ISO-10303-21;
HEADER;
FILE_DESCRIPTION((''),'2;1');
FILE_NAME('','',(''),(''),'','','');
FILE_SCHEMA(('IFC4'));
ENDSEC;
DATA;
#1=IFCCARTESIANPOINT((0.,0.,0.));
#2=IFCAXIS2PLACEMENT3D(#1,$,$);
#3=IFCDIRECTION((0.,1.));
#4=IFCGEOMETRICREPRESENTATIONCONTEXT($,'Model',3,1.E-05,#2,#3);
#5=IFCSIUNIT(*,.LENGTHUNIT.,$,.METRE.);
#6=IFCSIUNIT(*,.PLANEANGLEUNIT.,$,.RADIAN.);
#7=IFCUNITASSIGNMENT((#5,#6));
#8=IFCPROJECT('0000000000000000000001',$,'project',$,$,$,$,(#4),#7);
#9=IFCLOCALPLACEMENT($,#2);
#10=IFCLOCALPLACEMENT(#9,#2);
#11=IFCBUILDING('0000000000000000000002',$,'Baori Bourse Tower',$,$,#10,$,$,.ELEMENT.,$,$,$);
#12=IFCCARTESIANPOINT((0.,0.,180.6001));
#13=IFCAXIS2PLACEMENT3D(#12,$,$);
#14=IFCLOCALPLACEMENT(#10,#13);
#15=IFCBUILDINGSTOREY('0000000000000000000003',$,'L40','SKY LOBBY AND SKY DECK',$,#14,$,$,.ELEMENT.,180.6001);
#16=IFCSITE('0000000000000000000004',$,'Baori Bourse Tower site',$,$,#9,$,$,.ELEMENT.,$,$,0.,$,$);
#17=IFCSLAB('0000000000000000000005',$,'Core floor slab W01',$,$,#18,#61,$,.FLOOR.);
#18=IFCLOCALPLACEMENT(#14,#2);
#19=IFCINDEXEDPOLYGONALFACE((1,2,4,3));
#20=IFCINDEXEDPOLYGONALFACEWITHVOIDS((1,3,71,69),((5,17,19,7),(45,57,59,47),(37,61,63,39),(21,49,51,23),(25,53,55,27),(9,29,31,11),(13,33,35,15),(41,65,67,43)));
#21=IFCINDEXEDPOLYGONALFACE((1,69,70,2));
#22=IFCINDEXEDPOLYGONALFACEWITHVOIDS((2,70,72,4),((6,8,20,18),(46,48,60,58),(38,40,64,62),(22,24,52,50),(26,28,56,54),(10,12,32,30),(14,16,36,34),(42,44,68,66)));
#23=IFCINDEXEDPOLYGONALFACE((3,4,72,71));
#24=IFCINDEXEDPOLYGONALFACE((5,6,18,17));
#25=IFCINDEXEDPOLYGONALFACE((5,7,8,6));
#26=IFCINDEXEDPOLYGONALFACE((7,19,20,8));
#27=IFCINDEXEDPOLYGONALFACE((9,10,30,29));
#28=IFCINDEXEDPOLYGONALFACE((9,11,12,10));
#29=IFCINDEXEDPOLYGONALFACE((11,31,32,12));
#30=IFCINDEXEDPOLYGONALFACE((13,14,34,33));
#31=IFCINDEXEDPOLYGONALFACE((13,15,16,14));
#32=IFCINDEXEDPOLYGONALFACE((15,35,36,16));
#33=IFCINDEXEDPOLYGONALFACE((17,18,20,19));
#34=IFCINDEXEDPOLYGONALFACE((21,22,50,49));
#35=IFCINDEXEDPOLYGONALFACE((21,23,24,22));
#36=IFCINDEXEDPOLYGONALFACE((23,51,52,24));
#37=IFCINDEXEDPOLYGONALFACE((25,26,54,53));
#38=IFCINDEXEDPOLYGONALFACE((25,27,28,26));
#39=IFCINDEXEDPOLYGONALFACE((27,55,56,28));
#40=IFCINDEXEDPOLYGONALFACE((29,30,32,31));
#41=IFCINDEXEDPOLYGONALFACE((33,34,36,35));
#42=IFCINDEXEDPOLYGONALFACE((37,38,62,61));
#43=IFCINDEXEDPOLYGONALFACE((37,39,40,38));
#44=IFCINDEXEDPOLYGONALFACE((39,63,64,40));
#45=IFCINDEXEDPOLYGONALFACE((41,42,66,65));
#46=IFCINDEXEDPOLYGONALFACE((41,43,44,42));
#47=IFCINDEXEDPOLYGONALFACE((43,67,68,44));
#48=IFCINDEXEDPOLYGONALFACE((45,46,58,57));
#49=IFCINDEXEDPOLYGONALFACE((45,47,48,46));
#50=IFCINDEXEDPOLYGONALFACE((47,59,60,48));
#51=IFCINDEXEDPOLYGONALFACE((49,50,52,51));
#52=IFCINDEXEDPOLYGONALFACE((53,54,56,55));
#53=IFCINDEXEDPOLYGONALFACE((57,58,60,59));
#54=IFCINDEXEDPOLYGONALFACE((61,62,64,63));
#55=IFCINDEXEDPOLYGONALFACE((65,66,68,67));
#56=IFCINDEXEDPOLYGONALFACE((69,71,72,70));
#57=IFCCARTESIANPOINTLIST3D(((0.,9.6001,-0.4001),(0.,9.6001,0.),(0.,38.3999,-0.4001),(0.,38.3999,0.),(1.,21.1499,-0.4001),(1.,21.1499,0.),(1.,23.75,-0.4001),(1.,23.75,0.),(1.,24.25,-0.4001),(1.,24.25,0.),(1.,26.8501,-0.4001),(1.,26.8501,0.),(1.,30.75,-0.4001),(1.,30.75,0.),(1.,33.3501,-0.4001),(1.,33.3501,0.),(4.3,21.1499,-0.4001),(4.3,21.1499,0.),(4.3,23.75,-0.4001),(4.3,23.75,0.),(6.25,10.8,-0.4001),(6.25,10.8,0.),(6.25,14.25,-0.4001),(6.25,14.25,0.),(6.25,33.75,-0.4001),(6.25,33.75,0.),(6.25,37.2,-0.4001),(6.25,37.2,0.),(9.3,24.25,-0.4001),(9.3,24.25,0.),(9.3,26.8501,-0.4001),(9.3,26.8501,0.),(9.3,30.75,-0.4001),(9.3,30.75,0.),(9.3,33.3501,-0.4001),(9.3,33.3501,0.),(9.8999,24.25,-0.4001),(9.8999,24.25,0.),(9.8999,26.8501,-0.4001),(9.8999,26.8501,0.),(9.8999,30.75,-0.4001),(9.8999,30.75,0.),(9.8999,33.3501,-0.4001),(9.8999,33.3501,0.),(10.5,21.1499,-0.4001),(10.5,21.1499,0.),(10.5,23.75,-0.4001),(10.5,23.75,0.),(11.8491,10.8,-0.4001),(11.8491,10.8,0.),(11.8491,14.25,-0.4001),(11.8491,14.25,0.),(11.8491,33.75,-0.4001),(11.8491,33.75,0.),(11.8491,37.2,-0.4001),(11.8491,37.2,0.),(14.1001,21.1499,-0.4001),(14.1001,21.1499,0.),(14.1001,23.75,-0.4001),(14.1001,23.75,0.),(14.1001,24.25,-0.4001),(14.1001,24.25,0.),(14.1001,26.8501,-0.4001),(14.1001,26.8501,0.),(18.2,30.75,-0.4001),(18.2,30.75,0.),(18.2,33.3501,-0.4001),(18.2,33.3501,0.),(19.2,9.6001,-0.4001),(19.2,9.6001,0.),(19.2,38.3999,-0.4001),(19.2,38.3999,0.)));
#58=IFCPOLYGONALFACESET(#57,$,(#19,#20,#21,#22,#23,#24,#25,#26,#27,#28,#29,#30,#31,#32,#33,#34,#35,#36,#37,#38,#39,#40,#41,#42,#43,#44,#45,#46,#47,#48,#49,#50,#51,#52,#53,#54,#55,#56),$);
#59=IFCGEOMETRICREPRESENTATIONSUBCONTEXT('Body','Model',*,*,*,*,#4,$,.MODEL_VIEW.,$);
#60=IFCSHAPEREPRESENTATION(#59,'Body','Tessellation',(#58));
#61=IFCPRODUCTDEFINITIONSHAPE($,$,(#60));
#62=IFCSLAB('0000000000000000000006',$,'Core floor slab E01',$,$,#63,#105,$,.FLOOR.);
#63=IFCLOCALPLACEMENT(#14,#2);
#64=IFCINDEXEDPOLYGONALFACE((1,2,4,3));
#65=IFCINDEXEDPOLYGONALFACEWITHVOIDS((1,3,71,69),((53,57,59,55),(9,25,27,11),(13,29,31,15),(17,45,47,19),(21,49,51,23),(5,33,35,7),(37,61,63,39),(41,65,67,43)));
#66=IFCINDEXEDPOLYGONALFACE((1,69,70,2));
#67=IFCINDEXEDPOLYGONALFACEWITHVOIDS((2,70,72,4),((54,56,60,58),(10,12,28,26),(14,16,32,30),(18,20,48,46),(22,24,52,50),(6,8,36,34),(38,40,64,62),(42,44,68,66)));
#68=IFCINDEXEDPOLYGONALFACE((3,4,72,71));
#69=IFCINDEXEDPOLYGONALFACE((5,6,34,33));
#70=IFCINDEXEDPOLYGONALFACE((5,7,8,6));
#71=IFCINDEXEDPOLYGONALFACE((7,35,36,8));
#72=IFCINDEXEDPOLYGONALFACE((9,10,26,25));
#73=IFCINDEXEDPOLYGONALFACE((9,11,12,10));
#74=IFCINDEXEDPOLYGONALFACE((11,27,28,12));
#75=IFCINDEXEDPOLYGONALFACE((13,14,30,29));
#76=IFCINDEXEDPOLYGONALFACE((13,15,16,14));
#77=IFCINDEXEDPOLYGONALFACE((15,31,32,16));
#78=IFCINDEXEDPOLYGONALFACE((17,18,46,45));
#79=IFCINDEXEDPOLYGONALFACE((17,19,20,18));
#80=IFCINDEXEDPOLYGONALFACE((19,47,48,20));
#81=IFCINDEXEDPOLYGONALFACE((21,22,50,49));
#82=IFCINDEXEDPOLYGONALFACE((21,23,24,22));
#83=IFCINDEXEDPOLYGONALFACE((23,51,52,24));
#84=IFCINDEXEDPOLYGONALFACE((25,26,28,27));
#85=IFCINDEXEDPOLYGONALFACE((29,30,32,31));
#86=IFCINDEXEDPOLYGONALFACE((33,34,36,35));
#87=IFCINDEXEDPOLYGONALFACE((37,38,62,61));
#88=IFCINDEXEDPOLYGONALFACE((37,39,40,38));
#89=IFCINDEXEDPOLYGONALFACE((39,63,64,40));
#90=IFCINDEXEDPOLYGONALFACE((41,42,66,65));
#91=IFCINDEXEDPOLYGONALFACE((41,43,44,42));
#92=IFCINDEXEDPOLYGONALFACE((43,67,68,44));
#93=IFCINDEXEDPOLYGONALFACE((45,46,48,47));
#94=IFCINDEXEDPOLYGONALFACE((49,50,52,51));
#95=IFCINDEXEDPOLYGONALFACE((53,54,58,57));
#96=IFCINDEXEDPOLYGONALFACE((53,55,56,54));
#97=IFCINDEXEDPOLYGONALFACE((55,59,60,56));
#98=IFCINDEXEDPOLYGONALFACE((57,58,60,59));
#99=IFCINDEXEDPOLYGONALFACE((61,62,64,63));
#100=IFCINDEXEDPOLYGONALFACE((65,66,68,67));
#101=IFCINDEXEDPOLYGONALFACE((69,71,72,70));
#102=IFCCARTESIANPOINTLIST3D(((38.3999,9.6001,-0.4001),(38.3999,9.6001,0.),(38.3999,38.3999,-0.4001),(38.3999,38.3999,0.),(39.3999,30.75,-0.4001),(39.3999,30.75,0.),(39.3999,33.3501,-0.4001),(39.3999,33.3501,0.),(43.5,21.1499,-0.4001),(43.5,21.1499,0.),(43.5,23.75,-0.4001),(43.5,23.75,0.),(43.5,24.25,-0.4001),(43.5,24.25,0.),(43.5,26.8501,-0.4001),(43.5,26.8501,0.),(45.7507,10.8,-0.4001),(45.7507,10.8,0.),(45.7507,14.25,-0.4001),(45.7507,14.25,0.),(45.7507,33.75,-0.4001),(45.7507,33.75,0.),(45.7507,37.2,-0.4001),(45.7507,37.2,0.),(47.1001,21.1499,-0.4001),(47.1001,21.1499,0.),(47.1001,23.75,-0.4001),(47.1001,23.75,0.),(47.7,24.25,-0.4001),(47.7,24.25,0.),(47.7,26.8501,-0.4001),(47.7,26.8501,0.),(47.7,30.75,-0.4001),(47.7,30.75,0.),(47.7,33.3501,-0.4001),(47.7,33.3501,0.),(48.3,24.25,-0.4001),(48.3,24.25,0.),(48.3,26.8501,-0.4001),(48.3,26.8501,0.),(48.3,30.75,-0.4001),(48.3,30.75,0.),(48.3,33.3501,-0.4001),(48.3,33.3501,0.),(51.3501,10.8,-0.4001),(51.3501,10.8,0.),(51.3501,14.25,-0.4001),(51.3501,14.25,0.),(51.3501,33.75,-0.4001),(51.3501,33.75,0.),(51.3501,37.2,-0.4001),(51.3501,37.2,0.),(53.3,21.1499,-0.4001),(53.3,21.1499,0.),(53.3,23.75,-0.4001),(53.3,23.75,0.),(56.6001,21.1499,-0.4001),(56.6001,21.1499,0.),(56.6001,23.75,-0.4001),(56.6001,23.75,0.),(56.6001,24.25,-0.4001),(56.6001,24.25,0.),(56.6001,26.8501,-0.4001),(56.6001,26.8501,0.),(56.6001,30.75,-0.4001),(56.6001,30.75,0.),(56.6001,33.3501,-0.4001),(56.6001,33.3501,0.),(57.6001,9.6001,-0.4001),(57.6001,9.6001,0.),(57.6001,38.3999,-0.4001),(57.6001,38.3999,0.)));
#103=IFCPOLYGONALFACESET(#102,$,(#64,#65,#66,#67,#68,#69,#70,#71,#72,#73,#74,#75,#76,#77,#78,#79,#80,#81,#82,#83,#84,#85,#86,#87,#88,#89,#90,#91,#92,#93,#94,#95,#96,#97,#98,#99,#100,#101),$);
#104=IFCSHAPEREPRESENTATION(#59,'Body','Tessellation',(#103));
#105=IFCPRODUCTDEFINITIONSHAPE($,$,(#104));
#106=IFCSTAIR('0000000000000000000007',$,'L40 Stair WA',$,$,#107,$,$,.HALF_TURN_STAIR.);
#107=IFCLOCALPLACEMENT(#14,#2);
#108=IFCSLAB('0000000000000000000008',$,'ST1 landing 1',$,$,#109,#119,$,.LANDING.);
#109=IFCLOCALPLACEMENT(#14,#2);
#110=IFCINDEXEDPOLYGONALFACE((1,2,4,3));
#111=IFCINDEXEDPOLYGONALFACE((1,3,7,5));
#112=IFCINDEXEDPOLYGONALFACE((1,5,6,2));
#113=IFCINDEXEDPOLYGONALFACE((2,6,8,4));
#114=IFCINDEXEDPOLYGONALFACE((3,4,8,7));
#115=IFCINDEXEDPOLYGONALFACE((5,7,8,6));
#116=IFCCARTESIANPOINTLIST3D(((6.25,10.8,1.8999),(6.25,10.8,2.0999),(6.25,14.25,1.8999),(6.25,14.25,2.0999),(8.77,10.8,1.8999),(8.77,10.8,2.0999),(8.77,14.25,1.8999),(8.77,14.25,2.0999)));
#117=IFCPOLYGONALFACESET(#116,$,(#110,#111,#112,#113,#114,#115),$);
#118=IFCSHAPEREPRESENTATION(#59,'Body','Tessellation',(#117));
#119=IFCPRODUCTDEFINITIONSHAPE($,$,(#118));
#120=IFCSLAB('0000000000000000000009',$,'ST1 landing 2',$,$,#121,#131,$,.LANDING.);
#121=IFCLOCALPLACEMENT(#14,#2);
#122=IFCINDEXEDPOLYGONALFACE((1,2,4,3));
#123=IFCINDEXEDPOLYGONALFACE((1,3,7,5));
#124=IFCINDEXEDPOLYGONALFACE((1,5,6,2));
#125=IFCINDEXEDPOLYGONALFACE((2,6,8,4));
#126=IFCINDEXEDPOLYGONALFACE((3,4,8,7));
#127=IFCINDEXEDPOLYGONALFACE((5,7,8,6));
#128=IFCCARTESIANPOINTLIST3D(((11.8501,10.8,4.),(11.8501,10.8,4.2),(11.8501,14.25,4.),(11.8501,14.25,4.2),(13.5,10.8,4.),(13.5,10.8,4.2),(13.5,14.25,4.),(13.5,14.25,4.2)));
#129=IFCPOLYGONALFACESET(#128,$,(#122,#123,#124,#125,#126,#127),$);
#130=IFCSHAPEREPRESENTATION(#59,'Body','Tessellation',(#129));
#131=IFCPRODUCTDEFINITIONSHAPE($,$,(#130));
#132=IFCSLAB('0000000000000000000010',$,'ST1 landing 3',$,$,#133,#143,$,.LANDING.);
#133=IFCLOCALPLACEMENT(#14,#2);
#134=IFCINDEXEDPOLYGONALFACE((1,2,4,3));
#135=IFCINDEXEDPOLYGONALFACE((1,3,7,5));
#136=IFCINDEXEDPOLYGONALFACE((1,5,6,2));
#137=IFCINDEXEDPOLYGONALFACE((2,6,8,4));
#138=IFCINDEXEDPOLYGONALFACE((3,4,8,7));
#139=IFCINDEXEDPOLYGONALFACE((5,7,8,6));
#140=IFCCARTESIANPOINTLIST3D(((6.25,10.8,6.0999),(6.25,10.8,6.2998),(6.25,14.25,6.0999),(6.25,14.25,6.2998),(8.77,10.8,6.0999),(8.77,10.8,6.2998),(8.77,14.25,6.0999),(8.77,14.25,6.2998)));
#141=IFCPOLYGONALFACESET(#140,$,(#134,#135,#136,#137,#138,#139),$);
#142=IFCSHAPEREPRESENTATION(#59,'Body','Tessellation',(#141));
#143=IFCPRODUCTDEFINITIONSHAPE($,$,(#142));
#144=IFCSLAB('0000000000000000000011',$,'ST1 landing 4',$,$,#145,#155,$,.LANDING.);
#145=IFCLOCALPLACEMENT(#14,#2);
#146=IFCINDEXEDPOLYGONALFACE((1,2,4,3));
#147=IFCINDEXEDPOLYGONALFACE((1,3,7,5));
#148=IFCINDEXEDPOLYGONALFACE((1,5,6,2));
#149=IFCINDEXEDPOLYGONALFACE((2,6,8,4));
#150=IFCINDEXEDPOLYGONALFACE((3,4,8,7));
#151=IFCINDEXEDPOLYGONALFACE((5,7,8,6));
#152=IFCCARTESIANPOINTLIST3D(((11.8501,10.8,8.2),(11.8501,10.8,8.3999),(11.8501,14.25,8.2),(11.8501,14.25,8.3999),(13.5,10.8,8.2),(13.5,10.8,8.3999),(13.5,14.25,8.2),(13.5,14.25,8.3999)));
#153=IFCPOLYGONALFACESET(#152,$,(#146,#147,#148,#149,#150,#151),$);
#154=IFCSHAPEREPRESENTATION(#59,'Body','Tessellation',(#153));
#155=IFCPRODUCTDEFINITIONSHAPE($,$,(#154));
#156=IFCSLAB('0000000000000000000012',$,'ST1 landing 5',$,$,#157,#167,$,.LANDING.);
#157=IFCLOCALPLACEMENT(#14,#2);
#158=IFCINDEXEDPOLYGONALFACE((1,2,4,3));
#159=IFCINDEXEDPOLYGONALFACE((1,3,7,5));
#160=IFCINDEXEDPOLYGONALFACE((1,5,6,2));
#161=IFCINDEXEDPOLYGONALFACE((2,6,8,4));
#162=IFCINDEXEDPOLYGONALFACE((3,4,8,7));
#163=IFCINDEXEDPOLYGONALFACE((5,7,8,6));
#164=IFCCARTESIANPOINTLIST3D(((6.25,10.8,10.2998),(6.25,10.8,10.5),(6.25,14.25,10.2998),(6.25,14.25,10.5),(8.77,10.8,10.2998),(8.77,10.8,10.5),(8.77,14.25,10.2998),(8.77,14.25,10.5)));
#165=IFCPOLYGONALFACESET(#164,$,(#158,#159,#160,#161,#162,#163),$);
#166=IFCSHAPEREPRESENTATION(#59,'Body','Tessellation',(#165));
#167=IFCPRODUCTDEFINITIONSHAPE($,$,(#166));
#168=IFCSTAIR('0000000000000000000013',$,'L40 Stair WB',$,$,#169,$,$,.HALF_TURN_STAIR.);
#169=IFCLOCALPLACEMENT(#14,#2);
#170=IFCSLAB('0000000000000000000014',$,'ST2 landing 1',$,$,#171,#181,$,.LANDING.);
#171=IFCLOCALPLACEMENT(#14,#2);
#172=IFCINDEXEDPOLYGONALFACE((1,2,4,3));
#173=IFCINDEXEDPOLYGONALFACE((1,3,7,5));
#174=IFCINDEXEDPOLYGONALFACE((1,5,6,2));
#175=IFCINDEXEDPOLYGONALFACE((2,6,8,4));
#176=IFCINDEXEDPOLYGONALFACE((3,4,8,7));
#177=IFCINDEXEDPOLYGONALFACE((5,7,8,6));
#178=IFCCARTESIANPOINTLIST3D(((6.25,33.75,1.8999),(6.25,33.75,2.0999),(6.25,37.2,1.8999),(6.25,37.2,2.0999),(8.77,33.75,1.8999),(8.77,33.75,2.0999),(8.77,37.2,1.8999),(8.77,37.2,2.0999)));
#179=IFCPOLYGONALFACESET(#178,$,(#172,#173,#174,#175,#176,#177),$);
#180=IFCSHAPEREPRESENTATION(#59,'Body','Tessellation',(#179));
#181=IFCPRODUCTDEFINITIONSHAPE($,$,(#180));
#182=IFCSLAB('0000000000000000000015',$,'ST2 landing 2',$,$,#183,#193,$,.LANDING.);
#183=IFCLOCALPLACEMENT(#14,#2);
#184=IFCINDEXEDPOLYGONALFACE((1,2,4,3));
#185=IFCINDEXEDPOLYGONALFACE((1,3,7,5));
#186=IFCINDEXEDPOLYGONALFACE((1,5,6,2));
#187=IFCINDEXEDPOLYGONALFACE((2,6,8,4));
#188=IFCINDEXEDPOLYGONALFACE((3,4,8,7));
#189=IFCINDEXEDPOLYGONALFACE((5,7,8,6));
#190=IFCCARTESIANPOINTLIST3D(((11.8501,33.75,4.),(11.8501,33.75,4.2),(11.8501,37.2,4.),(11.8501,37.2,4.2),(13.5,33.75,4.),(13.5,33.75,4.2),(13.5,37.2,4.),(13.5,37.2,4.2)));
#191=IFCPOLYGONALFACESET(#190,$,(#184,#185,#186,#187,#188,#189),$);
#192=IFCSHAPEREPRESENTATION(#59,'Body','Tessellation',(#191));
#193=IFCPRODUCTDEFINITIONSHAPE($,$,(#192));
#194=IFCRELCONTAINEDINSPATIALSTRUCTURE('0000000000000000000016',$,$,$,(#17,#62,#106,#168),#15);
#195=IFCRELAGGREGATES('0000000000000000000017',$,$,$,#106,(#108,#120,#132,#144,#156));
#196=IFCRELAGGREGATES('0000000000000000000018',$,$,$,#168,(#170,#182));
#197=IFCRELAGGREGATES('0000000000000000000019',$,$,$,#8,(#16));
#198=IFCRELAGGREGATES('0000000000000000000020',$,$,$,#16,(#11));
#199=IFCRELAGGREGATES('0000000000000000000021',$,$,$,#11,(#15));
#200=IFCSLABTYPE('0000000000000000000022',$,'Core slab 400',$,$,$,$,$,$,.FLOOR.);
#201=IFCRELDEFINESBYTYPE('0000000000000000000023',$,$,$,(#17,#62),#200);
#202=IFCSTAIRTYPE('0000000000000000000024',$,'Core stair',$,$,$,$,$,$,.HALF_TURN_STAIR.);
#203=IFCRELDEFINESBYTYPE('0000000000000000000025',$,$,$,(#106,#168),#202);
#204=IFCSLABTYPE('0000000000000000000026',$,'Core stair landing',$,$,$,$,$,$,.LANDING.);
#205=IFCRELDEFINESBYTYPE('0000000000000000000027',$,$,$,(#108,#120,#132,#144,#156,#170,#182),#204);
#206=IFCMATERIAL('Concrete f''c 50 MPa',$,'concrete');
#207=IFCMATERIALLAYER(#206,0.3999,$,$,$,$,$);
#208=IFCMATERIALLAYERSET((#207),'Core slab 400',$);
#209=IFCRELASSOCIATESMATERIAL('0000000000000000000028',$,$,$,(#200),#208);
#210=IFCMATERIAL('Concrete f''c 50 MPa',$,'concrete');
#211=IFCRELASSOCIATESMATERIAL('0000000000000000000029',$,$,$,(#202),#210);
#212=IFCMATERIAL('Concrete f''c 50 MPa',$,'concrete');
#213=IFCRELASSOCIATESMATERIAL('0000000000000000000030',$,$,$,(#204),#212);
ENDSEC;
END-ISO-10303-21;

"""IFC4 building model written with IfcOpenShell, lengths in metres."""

from ifc_helpers import new_model, si_unit, direction, frame, origin, place, context, subcontext, project, spatial, polyline, outline, extrude, material, layer, layer_set, type_object, element, aggregate, save


model = new_model("IFC4")

# Units and contexts
model_context = context("Model", 3, precision=1e-05, world=origin(), true_north=direction((0.0, 1.0)))
body_context = subcontext(model_context, "Body", "Model", "MODEL_VIEW")
ifc_project = project(units=[si_unit("LENGTHUNIT", "METRE"), si_unit("PLANEANGLEUNIT", "RADIAN")], contexts=[model_context])

# Site, building, storey
site_placement = place(None, origin())
site = spatial("IfcSite", under=ifc_project, at=site_placement, Name="Baori Bourse Tower site", CompositionType="ELEMENT", RefElevation=0.0)
building_placement = place(site_placement, origin())
building = spatial("IfcBuilding", under=site, at=building_placement, Name="Baori Bourse Tower", CompositionType="ELEMENT")
storey_placement = place(building_placement, frame((0.0, 0.0, 180.6001)))
storey = spatial("IfcBuildingStorey", under=building, at=storey_placement, Name="L40", Description="SKY LOBBY AND SKY DECK", CompositionType="ELEMENT", Elevation=180.6001)

# Slabs
ifc_material_1 = material(Name="Concrete f'c 50 MPa", Category="concrete")
ifc_layer_1 = layer(ifc_material_1, 0.3999)
ifc_layer_set_1 = layer_set([ifc_layer_1], Name="Core slab 400")
slab_type_1 = type_object("IfcSlabType", Name="Core slab 400", PredefinedType="FLOOR", material=ifc_layer_set_1)
slab_1_placement = place(storey_placement, frame((0.0, 0.0, -0.4001)))
element("IfcSlab", 1, at=slab_1_placement, inside=storey, type_object=slab_type_1, Name="Core floor slab W01", PredefinedType="FLOOR", context=body_context, shape_type="SweptSolid", body=[
    extrude(outline(polyline([(19.2, 9.6001), (19.2, 38.3999), (0.0, 38.3999), (0.0, 9.6001), (19.2, 9.6001)]), holes=[polyline([(9.8999, 30.75), (9.8999, 33.3501), (18.2, 33.3501), (18.2, 30.75), (9.8999, 30.75)]), polyline([(10.5, 21.1499), (10.5, 23.75), (14.1001, 23.75), (14.1001, 21.1499), (10.5, 21.1499)]), polyline([(14.1001, 24.25), (9.8999, 24.25), (9.8999, 26.8501), (14.1001, 26.8501), (14.1001, 24.25)]), polyline([(6.25, 14.25), (11.8491, 14.25), (11.8491, 10.8), (6.25, 10.8), (6.25, 14.25)]), polyline([(11.8491, 37.2), (11.8491, 33.75), (6.25, 33.75), (6.25, 37.2), (11.8491, 37.2)]), polyline([(1.0, 26.8501), (9.3, 26.8501), (9.3, 24.25), (1.0, 24.25), (1.0, 26.8501)]), polyline([(9.3, 30.75), (1.0, 30.75), (1.0, 33.3501), (9.3, 33.3501), (9.3, 30.75)]), polyline([(4.3, 23.75), (4.3, 21.1499), (1.0, 21.1499), (1.0, 23.75), (4.3, 23.75)])]), origin(), (0.0, 0.0, 1.0), 0.4001),
])
slab_2_placement = place(storey_placement, frame((0.0, 0.0, -0.4001)))
element("IfcSlab", 2, at=slab_2_placement, inside=storey, type_object=slab_type_1, Name="Core floor slab E01", PredefinedType="FLOOR", context=body_context, shape_type="SweptSolid", body=[
    extrude(outline(polyline([(38.3999, 9.6001), (57.6001, 9.6001), (57.6001, 38.3999), (38.3999, 38.3999), (38.3999, 9.6001)]), holes=[polyline([(48.3, 30.75), (48.3, 33.3501), (56.6001, 33.3501), (56.6001, 30.75), (48.3, 30.75)]), polyline([(56.6001, 21.1499), (53.3, 21.1499), (53.3, 23.75), (56.6001, 23.75), (56.6001, 21.1499)]), polyline([(56.6001, 26.8501), (56.6001, 24.25), (48.3, 24.25), (48.3, 26.8501), (56.6001, 26.8501)]), polyline([(45.7507, 14.25), (51.3501, 14.25), (51.3501, 10.8), (45.7507, 10.8), (45.7507, 14.25)]), polyline([(51.3501, 37.2), (51.3501, 33.75), (45.7507, 33.75), (45.7507, 37.2), (51.3501, 37.2)]), polyline([(39.3999, 33.3501), (47.7, 33.3501), (47.7, 30.75), (39.3999, 30.75), (39.3999, 33.3501)]), polyline([(43.5, 24.25), (43.5, 26.8501), (47.7, 26.8501), (47.7, 24.25), (43.5, 24.25)]), polyline([(43.5, 23.75), (47.1001, 23.75), (47.1001, 21.1499), (43.5, 21.1499), (43.5, 23.75)])]), origin(), (0.0, 0.0, 1.0), 0.4001),
])

# Stairs, slabs
ifc_material_2 = material(Name="Concrete f'c 50 MPa", Category="concrete")
stair_type = type_object("IfcStairType", Name="Core stair", PredefinedType="HALF_TURN_STAIR", material=ifc_material_2)
stair_1_placement = place(storey_placement, origin())
stair_1 = element("IfcStair", 3, at=stair_1_placement, inside=storey, type_object=stair_type, Name="L40 Stair WA", PredefinedType="HALF_TURN_STAIR")
ifc_material_3 = material(Name="Concrete f'c 50 MPa", Category="concrete")
slab_type_2 = type_object("IfcSlabType", Name="Core stair landing", PredefinedType="LANDING", material=ifc_material_3)
slab_3_placement = place(storey_placement, frame((0.0, 0.0, 1.8999)))
slab_3 = element("IfcSlab", 4, at=slab_3_placement, type_object=slab_type_2, Name="ST1 landing 1", PredefinedType="LANDING", context=body_context, shape_type="SweptSolid", body=[
    extrude(outline(polyline([(8.77, 14.25), (6.25, 14.25), (6.25, 10.8), (8.77, 10.8), (8.77, 14.25)])), origin(), (0.0, 0.0, 1.0), 0.2),
])
slab_4_placement = place(storey_placement, frame((0.0, 0.0, 4.0)))
slab_4 = element("IfcSlab", 5, at=slab_4_placement, type_object=slab_type_2, Name="ST1 landing 2", PredefinedType="LANDING", context=body_context, shape_type="SweptSolid", body=[
    extrude(outline(polyline([(13.5, 14.25), (11.8501, 14.25), (11.8501, 10.8), (13.5, 10.8), (13.5, 14.25)])), origin(), (0.0, 0.0, 1.0), 0.2),
])
slab_5_placement = place(storey_placement, frame((0.0, 0.0, 6.0999)))
slab_5 = element("IfcSlab", 6, at=slab_5_placement, type_object=slab_type_2, Name="ST1 landing 3", PredefinedType="LANDING", context=body_context, shape_type="SweptSolid", body=[
    extrude(outline(polyline([(8.77, 14.25), (6.25, 14.25), (6.25, 10.8), (8.77, 10.8), (8.77, 14.25)])), origin(), (0.0, 0.0, 1.0), 0.2),
])
slab_6_placement = place(storey_placement, frame((0.0, 0.0, 8.2)))
slab_6 = element("IfcSlab", 7, at=slab_6_placement, type_object=slab_type_2, Name="ST1 landing 4", PredefinedType="LANDING", context=body_context, shape_type="SweptSolid", body=[
    extrude(outline(polyline([(13.5, 14.25), (11.8501, 14.25), (11.8501, 10.8), (13.5, 10.8), (13.5, 14.25)])), origin(), (0.0, 0.0, 1.0), 0.2),
])
slab_7_placement = place(storey_placement, frame((0.0, 0.0, 10.2998)))
slab_7 = element("IfcSlab", 8, at=slab_7_placement, type_object=slab_type_2, Name="ST1 landing 5", PredefinedType="LANDING", context=body_context, shape_type="SweptSolid", body=[
    extrude(outline(polyline([(8.77, 14.25), (6.25, 14.25), (6.25, 10.8), (8.77, 10.8), (8.77, 14.25)])), origin(), (0.0, 0.0, 1.0), 0.2002),
])
aggregate(stair_1, [slab_3, slab_4, slab_5, slab_6, slab_7])
stair_2_placement = place(storey_placement, origin())
stair_2 = element("IfcStair", 9, at=stair_2_placement, inside=storey, type_object=stair_type, Name="L40 Stair WB", PredefinedType="HALF_TURN_STAIR")
slab_8_placement = place(storey_placement, frame((0.0, 0.0, 1.8999)))
slab_8 = element("IfcSlab", 10, at=slab_8_placement, type_object=slab_type_2, Name="ST2 landing 1", PredefinedType="LANDING", context=body_context, shape_type="SweptSolid", body=[
    extrude(outline(polyline([(8.77, 37.2), (6.25, 37.2), (6.25, 33.75), (8.77, 33.75), (8.77, 37.2)])), origin(), (0.0, 0.0, 1.0), 0.2),
])
slab_9_placement = place(storey_placement, frame((0.0, 0.0, 4.0)))
slab_9 = element("IfcSlab", 11, at=slab_9_placement, type_object=slab_type_2, Name="ST2 landing 2", PredefinedType="LANDING", context=body_context, shape_type="SweptSolid", body=[
    extrude(outline(polyline([(13.5, 37.2), (11.8501, 37.2), (11.8501, 33.75), (13.5, 33.75), (13.5, 37.2)])), origin(), (0.0, 0.0, 1.0), 0.2),
])
aggregate(stair_2, [slab_8, slab_9])

save(model, "model.ifc")
